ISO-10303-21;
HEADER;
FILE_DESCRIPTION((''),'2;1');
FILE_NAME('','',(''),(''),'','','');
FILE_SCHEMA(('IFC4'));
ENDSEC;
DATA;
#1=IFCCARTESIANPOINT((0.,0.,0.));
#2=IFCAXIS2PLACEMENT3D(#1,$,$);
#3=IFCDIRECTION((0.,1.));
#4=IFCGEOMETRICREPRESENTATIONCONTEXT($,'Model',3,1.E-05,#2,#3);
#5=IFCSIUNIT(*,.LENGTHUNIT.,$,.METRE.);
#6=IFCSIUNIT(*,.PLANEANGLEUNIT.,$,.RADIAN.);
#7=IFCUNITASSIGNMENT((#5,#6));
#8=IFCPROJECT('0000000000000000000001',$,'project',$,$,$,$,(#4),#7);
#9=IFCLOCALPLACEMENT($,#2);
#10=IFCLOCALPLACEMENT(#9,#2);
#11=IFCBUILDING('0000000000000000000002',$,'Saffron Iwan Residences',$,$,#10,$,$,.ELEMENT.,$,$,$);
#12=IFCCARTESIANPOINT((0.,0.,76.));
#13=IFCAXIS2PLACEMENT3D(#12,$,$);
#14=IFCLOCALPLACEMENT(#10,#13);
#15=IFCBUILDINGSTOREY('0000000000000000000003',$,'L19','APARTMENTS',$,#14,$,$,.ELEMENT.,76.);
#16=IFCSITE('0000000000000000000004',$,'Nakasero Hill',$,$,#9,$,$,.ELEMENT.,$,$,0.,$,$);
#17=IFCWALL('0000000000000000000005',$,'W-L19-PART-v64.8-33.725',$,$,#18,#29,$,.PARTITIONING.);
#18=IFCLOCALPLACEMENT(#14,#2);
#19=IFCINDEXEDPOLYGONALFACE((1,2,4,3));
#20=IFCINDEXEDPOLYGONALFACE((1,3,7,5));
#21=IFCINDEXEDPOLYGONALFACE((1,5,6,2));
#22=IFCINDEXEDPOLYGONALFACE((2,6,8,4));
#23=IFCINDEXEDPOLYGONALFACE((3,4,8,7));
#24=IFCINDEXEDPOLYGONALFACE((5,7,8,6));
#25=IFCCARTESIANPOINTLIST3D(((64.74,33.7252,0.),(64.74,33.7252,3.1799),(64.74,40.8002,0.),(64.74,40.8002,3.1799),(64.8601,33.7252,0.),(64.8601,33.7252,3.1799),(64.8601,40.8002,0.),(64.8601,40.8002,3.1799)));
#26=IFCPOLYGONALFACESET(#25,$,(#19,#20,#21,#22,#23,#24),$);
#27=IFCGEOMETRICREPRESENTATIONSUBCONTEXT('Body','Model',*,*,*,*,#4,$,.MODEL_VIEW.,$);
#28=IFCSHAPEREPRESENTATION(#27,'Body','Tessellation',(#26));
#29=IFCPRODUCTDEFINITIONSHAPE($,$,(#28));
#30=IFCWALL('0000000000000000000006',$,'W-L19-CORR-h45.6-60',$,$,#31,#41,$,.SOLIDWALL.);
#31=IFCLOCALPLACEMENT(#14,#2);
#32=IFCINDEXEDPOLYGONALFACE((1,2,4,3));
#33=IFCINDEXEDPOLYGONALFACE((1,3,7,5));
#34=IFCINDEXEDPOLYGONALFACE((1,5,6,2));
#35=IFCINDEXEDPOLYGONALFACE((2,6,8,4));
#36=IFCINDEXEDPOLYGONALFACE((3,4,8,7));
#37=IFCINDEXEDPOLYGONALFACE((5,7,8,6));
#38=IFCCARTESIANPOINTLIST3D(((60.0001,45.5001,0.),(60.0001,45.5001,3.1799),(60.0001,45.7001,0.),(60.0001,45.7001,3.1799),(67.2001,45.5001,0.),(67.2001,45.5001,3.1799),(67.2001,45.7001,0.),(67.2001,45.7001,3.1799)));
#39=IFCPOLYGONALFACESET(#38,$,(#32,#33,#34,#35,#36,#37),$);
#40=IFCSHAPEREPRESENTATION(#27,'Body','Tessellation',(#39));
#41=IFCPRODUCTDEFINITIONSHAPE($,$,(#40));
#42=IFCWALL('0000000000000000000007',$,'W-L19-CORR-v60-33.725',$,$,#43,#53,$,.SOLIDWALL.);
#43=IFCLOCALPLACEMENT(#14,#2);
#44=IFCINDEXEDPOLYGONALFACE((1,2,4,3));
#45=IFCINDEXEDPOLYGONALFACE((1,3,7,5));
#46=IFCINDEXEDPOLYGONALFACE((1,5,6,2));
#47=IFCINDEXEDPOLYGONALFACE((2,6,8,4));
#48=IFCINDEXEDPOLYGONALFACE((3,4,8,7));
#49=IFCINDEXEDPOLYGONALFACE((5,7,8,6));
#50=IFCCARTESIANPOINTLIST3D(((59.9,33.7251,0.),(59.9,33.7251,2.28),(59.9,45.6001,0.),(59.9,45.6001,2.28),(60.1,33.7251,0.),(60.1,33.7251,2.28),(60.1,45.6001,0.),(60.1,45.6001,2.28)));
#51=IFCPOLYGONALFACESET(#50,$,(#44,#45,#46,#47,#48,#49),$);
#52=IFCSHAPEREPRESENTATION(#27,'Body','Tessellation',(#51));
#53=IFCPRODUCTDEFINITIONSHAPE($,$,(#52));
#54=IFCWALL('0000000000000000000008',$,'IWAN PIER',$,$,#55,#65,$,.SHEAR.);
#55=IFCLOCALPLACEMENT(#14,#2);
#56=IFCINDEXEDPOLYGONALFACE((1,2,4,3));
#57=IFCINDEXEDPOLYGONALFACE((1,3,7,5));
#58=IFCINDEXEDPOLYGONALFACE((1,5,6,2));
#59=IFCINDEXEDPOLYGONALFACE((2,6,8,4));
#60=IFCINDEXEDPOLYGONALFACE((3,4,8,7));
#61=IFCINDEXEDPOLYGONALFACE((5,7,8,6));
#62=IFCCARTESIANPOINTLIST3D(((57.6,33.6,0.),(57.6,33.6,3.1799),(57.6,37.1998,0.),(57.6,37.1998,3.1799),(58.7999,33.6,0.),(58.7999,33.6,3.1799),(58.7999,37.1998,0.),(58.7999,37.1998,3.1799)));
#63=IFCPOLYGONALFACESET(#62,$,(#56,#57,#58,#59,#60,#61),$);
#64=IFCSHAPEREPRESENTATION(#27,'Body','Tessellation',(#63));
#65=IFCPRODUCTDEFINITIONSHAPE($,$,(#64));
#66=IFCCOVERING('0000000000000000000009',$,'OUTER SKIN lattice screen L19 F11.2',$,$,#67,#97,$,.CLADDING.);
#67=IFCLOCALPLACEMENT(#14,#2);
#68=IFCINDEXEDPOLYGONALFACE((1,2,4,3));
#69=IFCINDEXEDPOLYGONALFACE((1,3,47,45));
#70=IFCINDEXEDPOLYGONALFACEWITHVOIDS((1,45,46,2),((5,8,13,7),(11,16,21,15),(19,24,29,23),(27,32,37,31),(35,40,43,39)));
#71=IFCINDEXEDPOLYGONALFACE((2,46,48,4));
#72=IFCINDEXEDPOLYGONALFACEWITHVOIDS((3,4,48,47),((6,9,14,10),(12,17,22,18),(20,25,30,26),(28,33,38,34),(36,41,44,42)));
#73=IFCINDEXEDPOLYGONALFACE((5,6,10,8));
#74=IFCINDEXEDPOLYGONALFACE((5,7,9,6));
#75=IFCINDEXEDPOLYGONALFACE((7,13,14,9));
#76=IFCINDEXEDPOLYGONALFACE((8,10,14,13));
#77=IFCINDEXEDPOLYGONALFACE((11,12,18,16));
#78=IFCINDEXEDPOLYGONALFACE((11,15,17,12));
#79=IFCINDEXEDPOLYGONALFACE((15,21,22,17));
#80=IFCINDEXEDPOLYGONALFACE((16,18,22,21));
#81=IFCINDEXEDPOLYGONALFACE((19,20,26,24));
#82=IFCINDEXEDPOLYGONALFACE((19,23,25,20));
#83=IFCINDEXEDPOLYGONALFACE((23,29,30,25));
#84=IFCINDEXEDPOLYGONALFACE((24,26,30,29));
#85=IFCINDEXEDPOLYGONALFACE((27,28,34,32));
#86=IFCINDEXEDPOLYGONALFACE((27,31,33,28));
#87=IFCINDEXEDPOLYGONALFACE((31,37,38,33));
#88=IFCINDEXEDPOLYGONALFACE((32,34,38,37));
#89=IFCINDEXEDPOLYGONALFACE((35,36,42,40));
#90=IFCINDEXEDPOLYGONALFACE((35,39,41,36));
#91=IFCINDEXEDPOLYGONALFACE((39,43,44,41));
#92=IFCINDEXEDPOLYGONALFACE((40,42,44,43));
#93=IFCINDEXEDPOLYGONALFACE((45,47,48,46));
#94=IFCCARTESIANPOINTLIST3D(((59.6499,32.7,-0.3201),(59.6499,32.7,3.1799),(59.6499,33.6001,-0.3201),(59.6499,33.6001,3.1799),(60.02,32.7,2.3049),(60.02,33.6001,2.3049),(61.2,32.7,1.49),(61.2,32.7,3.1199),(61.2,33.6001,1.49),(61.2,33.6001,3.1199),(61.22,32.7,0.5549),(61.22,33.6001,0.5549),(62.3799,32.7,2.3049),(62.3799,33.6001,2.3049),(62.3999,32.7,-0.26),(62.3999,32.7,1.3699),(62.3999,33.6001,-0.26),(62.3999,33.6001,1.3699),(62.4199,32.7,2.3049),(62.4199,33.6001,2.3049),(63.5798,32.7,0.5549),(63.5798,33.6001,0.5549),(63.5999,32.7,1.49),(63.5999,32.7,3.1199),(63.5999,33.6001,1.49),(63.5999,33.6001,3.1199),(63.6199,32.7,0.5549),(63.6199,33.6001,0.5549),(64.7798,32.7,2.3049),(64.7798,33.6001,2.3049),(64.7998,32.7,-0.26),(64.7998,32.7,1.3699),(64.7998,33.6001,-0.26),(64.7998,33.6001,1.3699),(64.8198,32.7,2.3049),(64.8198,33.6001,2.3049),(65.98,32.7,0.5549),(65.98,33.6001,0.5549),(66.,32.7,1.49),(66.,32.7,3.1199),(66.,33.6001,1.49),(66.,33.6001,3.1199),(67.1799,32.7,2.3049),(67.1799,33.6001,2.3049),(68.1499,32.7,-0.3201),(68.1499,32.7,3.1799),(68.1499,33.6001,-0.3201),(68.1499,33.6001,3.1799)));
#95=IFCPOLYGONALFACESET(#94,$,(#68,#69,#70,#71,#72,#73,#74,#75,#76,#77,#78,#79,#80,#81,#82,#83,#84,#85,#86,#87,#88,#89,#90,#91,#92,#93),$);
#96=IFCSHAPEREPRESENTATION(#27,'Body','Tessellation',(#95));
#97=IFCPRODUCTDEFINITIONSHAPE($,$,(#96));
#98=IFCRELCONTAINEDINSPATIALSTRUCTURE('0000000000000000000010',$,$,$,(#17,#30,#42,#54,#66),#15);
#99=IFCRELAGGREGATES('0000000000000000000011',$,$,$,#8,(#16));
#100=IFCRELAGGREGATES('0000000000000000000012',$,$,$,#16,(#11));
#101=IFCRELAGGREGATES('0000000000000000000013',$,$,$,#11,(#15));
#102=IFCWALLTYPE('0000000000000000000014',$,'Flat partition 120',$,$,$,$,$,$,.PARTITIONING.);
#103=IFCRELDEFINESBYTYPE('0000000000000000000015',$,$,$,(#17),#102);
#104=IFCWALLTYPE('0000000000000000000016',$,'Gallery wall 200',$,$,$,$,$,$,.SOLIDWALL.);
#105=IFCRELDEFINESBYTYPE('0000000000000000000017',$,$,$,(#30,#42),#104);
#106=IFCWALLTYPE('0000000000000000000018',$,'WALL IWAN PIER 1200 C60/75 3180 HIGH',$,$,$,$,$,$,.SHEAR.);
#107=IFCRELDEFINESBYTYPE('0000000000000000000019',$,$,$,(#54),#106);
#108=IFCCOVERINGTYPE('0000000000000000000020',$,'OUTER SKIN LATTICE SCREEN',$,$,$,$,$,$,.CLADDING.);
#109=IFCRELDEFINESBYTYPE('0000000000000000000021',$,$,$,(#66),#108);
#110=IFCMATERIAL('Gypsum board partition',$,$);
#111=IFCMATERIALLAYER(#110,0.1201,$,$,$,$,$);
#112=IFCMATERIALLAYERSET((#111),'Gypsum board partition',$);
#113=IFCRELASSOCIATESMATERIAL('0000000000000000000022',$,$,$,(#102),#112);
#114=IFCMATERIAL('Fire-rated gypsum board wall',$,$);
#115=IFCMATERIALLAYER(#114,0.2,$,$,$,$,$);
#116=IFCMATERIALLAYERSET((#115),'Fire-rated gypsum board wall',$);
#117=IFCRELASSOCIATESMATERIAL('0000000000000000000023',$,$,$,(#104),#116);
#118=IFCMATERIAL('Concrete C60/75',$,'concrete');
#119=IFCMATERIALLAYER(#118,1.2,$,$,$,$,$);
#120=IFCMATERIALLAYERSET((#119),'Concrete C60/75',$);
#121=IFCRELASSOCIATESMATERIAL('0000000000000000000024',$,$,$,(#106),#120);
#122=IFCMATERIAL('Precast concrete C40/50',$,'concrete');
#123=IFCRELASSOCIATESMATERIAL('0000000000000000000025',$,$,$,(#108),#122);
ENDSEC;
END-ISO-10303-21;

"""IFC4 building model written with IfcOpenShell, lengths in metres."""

from ifc_helpers import new_model, si_unit, direction, frame, frame_2d, origin, place, context, subcontext, project, spatial, polyline, rectangle, outline, extrude, material, layer, layer_set, type_object, element, save


model = new_model("IFC4")

# Units and contexts
model_context = context("Model", 3, precision=1e-05, world=origin(), true_north=direction((0.0, 1.0)))
body_context = subcontext(model_context, "Body", "Model", "MODEL_VIEW")
ifc_project = project(units=[si_unit("LENGTHUNIT", "METRE"), si_unit("PLANEANGLEUNIT", "RADIAN")], contexts=[model_context])

# Site, building, storey
site_placement = place(None, origin())
site = spatial("IfcSite", under=ifc_project, at=site_placement, Name="Nakasero Hill", CompositionType="ELEMENT", RefElevation=0.0)
building_placement = place(site_placement, origin())
building = spatial("IfcBuilding", under=site, at=building_placement, Name="Saffron Iwan Residences", CompositionType="ELEMENT")
storey_placement = place(building_placement, frame((0.0, 0.0, 76.0)))
storey = spatial("IfcBuildingStorey", under=building, at=storey_placement, Name="L19", Description="APARTMENTS", CompositionType="ELEMENT", Elevation=76.0)

# Shared definitions
ifc_material_1 = material(Name="Concrete C60/75", Category="concrete")

# Shared definitions
ifc_material_2 = material(Name="Gypsum board partition")
ifc_layer_1 = layer(ifc_material_2, 0.1201)
ifc_layer_set_1 = layer_set([ifc_layer_1], Name="Gypsum board partition")
wall_type_1 = type_object("IfcWallType", Name="Flat partition 120", PredefinedType="PARTITIONING", material=ifc_layer_set_1)

# Walls
wall_1_placement = place(storey_placement, frame((64.8, 33.7251, 0.0), z_axis=(0.0, 0.0, 1.0), x_axis=(0.0, 1.0, 0.0)))
element("IfcWall", 1, at=wall_1_placement, inside=storey, type_object=wall_type_1, Name="W-L19-PART-v64.8-33.725", PredefinedType="PARTITIONING", context=body_context, shape_type="SweptSolid", body=[
    extrude(rectangle(XDim=7.075, YDim=0.1201, at=frame_2d((3.5376, 0.0))), origin(), (0.0, 0.0, 1.0), 3.1799),
])
ifc_material_3 = material(Name="Fire-rated gypsum board wall")
ifc_layer_2 = layer(ifc_material_3, 0.2)
ifc_layer_set_2 = layer_set([ifc_layer_2], Name="Fire-rated gypsum board wall")
wall_type_2 = type_object("IfcWallType", Name="Gallery wall 200", PredefinedType="SOLIDWALL", material=ifc_layer_set_2)
wall_2_placement = place(storey_placement, frame((60.0, 45.6001, 0.0), z_axis=(0.0, 0.0, 1.0), x_axis=(1.0, 0.0, 0.0)))
element("IfcWall", 2, at=wall_2_placement, inside=storey, type_object=wall_type_2, Name="W-L19-CORR-h45.6-60", PredefinedType="SOLIDWALL", context=body_context, shape_type="SweptSolid", body=[
    extrude(rectangle(XDim=7.2, YDim=0.2, at=frame_2d((3.6001, 0.0))), origin(), (0.0, 0.0, 1.0), 3.1799),
])
wall_3_placement = place(storey_placement, frame((60.0, 33.7251, 0.0), z_axis=(0.0, 0.0, 1.0), x_axis=(0.0, 1.0, 0.0)))
element("IfcWall", 3, at=wall_3_placement, inside=storey, type_object=wall_type_2, Name="W-L19-CORR-v60-33.725", PredefinedType="SOLIDWALL", context=body_context, shape_type="SweptSolid", body=[
    extrude(rectangle(XDim=11.875, YDim=0.2, at=frame_2d((5.9375, 0.0))), origin(), (0.0, 0.0, 1.0), 2.28),
])
ifc_layer_3 = layer(ifc_material_1, 1.2)
ifc_layer_set_3 = layer_set([ifc_layer_3], Name="Concrete C60/75")
wall_type_3 = type_object("IfcWallType", Name="WALL IWAN PIER 1200 C60/75 3180 HIGH", PredefinedType="SHEAR", material=ifc_layer_set_3)
wall_4_placement = place(storey_placement, frame((58.2, 33.6001, 0.0), z_axis=(0.0, 0.0, 1.0), x_axis=(0.0, 1.0, 0.0)))
element("IfcWall", 4, at=wall_4_placement, inside=storey, type_object=wall_type_3, Name="IWAN PIER", PredefinedType="SHEAR", context=body_context, shape_type="SweptSolid", body=[
    extrude(rectangle(XDim=3.5999, YDim=1.2, at=frame_2d((1.7998, 0.0))), origin(), (0.0, 0.0, 1.0), 3.1799),
])

# Covering
ifc_material_4 = material(Name="Precast concrete C40/50", Category="concrete")
covering_type = type_object("IfcCoveringType", Name="OUTER SKIN LATTICE SCREEN", PredefinedType="CLADDING", material=ifc_material_4)
covering_placement = place(storey_placement, frame((59.6499, 33.6001, -0.3201), z_axis=(0.0, -1.0, 0.0), x_axis=(1.0, 0.0, 0.0)))
element("IfcCovering", 5, at=covering_placement, inside=storey, type_object=covering_type, Name="OUTER SKIN lattice screen L19 F11.2", PredefinedType="CLADDING", context=body_context, shape_type="SweptSolid", body=[
    extrude(outline(polyline([(0.0, 0.0), (8.5, 0.0), (8.5, 3.5), (0.0, 3.5), (0.0, 0.0)]), holes=[polyline([(1.5701, 0.875), (2.75, 0.0601), (3.9299, 0.875), (2.75, 1.6899), (1.5701, 0.875)]), polyline([(3.97, 0.875), (5.1499, 0.0601), (6.3301, 0.875), (5.1499, 1.6899), (3.97, 0.875)]), polyline([(0.3701, 2.625), (1.55, 1.8101), (2.73, 2.625), (1.55, 3.4399), (0.3701, 2.625)]), polyline([(2.77, 2.625), (3.95, 1.8101), (5.1299, 2.625), (3.95, 3.4399), (2.77, 2.625)]), polyline([(5.1699, 2.625), (6.3501, 1.8101), (7.53, 2.625), (6.3501, 3.4399), (5.1699, 2.625)])]), origin(), (0.0, 0.0, 1.0), 0.9001),
])

save(model, "model.ifc")
